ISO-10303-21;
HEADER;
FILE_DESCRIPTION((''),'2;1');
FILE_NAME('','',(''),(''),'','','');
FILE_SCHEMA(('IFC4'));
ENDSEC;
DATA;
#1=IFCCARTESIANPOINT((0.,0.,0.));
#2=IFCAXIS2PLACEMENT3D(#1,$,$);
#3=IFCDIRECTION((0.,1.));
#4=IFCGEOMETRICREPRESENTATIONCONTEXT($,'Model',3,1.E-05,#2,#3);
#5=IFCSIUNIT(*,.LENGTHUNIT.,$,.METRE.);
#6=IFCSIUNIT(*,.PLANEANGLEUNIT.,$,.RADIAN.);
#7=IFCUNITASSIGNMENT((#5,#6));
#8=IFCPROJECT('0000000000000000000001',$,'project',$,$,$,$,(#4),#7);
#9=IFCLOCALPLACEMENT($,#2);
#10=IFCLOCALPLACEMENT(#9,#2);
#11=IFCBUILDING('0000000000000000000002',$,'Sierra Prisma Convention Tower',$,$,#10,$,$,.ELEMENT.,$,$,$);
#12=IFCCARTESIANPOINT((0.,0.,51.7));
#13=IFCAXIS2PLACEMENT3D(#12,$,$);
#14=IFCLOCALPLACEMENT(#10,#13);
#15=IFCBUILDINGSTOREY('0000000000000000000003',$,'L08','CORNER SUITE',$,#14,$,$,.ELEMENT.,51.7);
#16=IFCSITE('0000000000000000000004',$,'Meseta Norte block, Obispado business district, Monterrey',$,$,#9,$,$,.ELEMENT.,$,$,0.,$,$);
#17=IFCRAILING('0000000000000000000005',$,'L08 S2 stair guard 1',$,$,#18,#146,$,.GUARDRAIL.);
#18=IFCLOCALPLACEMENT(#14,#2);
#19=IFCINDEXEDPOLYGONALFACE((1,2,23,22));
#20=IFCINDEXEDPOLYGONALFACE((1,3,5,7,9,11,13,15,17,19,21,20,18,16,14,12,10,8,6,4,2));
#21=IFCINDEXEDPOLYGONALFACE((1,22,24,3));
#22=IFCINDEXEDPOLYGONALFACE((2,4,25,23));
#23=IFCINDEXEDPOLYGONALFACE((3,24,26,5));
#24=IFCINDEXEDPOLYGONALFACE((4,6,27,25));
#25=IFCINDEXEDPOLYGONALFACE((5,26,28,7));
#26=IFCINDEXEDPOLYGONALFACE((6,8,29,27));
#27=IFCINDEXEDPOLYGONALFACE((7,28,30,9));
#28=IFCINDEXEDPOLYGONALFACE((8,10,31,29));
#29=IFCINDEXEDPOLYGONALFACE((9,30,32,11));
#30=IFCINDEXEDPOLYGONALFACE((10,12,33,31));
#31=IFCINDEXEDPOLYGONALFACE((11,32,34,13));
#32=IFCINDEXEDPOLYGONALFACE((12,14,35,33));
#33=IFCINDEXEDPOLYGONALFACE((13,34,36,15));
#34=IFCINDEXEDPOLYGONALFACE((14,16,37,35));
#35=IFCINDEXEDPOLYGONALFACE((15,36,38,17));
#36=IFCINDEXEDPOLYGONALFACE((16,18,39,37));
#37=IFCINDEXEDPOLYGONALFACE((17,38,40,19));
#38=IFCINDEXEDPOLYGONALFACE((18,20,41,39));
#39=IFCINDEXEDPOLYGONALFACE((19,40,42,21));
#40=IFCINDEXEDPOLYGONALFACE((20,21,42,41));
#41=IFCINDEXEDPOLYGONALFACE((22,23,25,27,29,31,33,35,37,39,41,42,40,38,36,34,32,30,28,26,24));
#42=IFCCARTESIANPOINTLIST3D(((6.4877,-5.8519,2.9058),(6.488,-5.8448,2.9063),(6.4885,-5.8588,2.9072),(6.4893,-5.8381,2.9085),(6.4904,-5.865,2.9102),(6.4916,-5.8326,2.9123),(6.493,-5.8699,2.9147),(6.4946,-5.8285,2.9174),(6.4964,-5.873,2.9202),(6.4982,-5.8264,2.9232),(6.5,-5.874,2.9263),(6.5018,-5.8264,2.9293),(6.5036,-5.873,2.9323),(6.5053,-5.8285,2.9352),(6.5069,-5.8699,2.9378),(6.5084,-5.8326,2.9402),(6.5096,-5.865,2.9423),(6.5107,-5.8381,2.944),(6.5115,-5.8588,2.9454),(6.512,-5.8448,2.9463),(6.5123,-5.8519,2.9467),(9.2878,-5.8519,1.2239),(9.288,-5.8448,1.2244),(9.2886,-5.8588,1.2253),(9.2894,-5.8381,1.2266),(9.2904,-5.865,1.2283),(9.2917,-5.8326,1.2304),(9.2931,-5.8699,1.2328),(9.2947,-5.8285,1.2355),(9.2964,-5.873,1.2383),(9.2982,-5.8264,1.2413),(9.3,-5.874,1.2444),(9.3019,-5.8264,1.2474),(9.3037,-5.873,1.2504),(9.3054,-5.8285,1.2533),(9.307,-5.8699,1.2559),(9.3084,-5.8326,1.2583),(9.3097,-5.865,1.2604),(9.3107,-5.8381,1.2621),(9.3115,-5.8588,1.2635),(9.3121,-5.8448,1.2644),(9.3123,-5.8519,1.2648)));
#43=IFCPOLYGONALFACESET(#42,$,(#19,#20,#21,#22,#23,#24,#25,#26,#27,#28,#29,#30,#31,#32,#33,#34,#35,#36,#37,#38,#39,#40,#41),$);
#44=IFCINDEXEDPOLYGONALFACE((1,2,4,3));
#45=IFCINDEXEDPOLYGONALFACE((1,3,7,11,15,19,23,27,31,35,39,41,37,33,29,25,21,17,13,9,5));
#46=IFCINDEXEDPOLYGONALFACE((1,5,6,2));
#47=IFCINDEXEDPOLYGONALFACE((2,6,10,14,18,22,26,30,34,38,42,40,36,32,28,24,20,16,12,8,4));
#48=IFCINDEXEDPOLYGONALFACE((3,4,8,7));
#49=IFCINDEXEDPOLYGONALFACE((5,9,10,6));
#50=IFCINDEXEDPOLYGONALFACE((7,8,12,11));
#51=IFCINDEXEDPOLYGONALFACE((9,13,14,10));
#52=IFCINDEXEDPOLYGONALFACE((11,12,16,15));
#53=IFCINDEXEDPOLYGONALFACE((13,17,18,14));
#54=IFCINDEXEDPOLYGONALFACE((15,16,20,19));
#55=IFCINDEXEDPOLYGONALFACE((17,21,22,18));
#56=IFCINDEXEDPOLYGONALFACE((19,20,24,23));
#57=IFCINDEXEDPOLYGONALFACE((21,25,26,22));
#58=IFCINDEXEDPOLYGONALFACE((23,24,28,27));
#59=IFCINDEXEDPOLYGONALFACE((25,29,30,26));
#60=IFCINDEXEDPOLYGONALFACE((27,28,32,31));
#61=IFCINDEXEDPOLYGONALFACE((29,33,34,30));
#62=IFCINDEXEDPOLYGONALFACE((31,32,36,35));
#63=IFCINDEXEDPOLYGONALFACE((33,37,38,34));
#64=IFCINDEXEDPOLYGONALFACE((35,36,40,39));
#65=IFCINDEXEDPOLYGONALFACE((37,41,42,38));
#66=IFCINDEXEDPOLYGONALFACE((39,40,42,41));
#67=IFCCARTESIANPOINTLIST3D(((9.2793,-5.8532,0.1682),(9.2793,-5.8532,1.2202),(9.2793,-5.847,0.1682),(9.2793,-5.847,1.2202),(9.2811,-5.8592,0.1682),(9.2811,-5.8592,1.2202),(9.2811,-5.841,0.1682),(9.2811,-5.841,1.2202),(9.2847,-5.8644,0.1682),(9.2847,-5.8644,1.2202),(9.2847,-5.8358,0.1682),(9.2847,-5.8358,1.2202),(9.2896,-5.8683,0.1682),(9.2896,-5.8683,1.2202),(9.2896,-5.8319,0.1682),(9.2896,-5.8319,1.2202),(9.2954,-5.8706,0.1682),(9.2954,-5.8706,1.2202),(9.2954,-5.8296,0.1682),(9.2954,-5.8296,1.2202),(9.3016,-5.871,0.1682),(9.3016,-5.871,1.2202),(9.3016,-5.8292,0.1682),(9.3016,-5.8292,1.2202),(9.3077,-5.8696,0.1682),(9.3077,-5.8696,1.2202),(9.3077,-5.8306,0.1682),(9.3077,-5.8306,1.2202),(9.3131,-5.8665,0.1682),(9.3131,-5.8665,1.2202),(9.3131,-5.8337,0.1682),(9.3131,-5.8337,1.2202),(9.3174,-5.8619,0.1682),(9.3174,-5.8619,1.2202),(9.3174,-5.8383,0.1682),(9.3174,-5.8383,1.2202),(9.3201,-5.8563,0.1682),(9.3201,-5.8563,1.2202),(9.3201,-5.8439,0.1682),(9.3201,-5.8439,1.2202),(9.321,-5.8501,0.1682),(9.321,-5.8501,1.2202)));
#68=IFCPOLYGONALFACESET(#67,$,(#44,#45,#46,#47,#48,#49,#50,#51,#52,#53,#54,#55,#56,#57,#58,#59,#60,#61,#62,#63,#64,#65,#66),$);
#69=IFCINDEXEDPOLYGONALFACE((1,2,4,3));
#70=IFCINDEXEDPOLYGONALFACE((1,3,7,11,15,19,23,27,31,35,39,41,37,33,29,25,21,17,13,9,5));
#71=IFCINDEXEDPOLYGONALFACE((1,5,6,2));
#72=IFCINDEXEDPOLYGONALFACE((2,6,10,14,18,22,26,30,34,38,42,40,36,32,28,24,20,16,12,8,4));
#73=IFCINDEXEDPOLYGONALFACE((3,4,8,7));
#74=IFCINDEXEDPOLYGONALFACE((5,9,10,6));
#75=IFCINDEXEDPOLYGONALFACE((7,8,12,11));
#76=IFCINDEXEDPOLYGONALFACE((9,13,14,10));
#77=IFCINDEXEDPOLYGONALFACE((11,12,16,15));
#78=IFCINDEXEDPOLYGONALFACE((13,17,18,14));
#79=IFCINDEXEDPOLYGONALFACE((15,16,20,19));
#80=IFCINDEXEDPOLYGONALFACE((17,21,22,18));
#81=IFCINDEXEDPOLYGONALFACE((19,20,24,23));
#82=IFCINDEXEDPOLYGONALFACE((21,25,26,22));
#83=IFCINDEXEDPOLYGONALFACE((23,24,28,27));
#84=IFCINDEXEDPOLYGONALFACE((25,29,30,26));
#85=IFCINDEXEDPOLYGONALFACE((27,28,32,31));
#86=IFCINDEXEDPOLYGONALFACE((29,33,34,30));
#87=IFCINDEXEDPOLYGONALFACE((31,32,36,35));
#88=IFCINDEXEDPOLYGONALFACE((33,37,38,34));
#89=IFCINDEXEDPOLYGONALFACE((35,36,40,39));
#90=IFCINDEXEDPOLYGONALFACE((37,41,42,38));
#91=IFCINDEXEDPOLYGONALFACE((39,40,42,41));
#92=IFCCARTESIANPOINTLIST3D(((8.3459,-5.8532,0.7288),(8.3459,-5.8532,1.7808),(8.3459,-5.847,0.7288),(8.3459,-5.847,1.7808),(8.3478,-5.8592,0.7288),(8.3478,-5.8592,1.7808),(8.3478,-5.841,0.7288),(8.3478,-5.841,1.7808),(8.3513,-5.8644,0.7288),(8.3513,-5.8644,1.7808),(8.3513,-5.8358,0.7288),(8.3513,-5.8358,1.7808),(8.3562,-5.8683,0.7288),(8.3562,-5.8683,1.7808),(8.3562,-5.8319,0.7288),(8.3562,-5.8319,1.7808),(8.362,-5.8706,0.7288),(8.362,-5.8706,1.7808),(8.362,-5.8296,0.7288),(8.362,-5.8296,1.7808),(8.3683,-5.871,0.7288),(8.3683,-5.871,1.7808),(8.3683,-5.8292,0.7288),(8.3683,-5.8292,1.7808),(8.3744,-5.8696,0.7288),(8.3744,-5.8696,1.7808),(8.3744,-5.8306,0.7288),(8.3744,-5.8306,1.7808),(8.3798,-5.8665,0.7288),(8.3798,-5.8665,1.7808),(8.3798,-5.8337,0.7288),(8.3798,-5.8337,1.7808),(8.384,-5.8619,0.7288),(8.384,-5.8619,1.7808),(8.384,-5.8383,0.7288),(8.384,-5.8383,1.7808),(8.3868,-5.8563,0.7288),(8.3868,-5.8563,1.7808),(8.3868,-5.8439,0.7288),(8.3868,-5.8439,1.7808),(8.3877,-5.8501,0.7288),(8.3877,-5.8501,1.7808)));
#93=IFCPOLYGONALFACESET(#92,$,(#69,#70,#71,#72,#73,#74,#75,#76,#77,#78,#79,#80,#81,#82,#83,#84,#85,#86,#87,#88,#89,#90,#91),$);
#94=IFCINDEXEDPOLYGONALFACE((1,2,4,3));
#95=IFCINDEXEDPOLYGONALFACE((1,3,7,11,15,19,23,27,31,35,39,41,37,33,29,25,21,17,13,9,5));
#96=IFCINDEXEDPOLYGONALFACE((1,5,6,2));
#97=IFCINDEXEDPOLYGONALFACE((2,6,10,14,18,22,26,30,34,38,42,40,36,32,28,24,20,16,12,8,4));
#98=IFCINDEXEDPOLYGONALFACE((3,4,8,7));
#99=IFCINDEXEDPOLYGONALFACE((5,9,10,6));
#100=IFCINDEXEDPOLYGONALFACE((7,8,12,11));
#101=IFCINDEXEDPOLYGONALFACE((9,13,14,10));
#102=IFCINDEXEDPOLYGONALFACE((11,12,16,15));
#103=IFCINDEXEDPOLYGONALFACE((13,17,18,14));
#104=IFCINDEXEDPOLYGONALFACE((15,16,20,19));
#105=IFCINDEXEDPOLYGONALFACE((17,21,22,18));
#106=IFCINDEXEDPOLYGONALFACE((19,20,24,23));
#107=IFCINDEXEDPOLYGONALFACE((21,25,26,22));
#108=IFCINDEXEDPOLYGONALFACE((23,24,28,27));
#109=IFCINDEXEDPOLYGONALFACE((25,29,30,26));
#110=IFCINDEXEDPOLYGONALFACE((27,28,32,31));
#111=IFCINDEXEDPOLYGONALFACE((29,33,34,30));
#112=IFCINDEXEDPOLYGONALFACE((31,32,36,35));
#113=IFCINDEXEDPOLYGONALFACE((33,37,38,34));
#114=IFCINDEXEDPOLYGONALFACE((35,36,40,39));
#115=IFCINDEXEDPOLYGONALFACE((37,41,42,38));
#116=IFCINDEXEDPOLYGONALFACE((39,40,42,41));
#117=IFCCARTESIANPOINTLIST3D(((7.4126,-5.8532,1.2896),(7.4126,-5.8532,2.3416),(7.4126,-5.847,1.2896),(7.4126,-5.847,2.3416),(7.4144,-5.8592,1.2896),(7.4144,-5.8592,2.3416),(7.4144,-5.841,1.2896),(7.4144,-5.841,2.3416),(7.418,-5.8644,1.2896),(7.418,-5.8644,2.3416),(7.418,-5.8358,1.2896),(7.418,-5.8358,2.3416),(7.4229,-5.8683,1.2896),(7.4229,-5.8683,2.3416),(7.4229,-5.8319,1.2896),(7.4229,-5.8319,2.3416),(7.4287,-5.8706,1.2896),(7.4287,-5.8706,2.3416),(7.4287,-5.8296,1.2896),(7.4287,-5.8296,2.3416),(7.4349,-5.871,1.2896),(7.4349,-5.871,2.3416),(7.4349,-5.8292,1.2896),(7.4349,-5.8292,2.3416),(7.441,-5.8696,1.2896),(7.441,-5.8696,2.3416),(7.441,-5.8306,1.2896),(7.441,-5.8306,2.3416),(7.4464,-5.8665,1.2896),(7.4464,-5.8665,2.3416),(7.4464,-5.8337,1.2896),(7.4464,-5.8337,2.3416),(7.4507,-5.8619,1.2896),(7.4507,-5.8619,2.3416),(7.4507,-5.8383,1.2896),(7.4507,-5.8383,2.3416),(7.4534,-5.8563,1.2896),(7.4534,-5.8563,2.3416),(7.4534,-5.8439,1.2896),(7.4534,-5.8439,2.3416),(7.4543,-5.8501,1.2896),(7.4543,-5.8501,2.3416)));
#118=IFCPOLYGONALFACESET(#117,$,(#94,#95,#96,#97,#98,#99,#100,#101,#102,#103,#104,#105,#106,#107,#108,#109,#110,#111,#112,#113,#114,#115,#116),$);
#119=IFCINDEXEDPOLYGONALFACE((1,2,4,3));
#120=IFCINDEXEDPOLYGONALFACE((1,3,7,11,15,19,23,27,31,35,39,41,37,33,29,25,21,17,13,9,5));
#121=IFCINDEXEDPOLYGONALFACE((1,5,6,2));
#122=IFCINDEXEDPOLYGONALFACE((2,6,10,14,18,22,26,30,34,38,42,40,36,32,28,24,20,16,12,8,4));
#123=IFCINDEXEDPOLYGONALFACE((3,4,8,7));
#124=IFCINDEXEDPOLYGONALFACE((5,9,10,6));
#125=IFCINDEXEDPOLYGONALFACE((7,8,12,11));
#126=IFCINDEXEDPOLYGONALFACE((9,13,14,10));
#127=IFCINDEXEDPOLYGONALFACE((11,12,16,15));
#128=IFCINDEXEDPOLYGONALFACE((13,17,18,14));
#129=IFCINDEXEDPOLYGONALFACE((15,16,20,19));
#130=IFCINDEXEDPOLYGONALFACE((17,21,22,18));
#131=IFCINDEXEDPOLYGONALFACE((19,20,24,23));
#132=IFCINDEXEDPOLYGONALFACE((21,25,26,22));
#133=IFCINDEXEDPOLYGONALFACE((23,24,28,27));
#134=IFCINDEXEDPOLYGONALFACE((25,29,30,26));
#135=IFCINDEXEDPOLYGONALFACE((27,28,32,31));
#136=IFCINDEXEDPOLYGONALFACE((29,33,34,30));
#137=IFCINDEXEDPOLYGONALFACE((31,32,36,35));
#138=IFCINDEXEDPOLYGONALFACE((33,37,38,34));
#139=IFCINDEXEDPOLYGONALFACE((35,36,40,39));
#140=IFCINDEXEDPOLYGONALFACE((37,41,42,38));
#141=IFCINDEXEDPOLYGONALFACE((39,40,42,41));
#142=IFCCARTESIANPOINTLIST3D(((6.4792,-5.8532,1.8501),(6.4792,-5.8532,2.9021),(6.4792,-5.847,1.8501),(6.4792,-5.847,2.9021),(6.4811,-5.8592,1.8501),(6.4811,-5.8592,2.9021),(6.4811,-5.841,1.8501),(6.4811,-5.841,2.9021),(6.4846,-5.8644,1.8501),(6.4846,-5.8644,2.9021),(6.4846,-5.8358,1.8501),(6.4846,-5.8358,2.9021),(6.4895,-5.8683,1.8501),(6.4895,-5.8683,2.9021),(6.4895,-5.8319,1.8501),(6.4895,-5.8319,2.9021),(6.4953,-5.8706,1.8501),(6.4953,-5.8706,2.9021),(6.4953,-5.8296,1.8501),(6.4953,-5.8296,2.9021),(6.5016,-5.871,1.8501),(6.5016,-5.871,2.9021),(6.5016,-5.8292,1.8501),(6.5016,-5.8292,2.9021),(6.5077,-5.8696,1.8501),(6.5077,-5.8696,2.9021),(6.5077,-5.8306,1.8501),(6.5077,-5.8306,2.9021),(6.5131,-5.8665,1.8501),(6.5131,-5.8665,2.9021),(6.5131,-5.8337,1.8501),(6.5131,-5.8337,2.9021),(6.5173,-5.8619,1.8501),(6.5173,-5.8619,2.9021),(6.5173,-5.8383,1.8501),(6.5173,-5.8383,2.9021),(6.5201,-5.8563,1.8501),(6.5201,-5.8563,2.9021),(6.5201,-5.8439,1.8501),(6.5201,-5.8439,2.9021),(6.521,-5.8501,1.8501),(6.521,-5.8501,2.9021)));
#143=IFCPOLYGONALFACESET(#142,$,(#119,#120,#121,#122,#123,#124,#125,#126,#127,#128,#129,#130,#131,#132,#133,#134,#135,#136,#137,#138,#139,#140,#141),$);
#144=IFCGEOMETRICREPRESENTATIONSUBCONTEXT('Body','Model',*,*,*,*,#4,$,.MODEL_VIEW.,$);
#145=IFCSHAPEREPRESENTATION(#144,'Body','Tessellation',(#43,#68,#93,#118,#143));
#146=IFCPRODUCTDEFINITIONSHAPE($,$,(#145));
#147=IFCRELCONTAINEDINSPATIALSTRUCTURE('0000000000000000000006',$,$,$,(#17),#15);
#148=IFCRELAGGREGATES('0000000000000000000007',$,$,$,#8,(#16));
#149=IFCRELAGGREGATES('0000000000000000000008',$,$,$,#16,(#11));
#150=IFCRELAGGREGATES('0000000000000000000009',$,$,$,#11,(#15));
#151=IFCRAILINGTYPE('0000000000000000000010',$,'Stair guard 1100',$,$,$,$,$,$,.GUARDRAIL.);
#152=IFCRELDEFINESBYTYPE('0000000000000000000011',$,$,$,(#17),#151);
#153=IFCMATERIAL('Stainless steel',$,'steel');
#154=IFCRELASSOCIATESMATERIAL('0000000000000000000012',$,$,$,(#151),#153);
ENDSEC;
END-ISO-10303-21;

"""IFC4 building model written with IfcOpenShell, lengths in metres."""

from ifc_helpers import new_model, si_unit, direction, frame, origin, origin_2d, place, context, subcontext, project, spatial, circle, extrude, material, type_object, element, save


model = new_model("IFC4")

# Units and contexts
model_context = context("Model", 3, precision=1e-05, world=origin(), true_north=direction((0.0, 1.0)))
body_context = subcontext(model_context, "Body", "Model", "MODEL_VIEW")
ifc_project = project(units=[si_unit("LENGTHUNIT", "METRE"), si_unit("PLANEANGLEUNIT", "RADIAN")], contexts=[model_context])

# Site, building, storey
site_placement = place(None, origin())
site = spatial("IfcSite", under=ifc_project, at=site_placement, Name="Meseta Norte block, Obispado business district, Monterrey", CompositionType="ELEMENT", RefElevation=0.0)
building_placement = place(site_placement, origin())
building = spatial("IfcBuilding", under=site, at=building_placement, Name="Sierra Prisma Convention Tower", CompositionType="ELEMENT")
storey_placement = place(building_placement, frame((0.0, 0.0, 51.7)))
storey = spatial("IfcBuildingStorey", under=building, at=storey_placement, Name="L08", Description="CORNER SUITE", CompositionType="ELEMENT", Elevation=51.7)

# Railing
ifc_material_1 = material(Name="Stainless steel", Category="steel")
railing_type_1 = type_object("IfcRailingType", Name="Stair guard 1100", PredefinedType="GUARDRAIL", material=ifc_material_1)
railing_1_placement = place(storey_placement, frame((9.3, -5.8501, 0.1682)))
element("IfcRailing", 1, at=railing_1_placement, inside=storey, type_object=railing_type_1, Name="L08 S2 stair guard 1", PredefinedType="GUARDRAIL", context=body_context, shape_type="SweptSolid", body=[
    extrude(circle(Radius=0.0239, at=origin_2d()), frame((0.0, 0.0, 1.0762), z_axis=(-0.857242, 0.0, 0.514913), x_axis=(0.0, -1.0, 0.0)), (0.0, 0.0, 1.0), 3.2664),
    extrude(circle(Radius=0.021, at=origin_2d()), origin(), (0.0, 0.0, 1.0), 1.052),
    extrude(circle(Radius=0.021, at=origin_2d()), frame((-0.9333, 0.0, 0.5605)), (0.0, 0.0, 1.0), 1.052),
    extrude(circle(Radius=0.021, at=origin_2d()), frame((-1.8667, 0.0, 1.1213)), (0.0, 0.0, 1.0), 1.052),
    extrude(circle(Radius=0.021, at=origin_2d()), frame((-2.8, 0.0, 1.6819)), (0.0, 0.0, 1.0), 1.052),
])

save(model, "model.ifc")
